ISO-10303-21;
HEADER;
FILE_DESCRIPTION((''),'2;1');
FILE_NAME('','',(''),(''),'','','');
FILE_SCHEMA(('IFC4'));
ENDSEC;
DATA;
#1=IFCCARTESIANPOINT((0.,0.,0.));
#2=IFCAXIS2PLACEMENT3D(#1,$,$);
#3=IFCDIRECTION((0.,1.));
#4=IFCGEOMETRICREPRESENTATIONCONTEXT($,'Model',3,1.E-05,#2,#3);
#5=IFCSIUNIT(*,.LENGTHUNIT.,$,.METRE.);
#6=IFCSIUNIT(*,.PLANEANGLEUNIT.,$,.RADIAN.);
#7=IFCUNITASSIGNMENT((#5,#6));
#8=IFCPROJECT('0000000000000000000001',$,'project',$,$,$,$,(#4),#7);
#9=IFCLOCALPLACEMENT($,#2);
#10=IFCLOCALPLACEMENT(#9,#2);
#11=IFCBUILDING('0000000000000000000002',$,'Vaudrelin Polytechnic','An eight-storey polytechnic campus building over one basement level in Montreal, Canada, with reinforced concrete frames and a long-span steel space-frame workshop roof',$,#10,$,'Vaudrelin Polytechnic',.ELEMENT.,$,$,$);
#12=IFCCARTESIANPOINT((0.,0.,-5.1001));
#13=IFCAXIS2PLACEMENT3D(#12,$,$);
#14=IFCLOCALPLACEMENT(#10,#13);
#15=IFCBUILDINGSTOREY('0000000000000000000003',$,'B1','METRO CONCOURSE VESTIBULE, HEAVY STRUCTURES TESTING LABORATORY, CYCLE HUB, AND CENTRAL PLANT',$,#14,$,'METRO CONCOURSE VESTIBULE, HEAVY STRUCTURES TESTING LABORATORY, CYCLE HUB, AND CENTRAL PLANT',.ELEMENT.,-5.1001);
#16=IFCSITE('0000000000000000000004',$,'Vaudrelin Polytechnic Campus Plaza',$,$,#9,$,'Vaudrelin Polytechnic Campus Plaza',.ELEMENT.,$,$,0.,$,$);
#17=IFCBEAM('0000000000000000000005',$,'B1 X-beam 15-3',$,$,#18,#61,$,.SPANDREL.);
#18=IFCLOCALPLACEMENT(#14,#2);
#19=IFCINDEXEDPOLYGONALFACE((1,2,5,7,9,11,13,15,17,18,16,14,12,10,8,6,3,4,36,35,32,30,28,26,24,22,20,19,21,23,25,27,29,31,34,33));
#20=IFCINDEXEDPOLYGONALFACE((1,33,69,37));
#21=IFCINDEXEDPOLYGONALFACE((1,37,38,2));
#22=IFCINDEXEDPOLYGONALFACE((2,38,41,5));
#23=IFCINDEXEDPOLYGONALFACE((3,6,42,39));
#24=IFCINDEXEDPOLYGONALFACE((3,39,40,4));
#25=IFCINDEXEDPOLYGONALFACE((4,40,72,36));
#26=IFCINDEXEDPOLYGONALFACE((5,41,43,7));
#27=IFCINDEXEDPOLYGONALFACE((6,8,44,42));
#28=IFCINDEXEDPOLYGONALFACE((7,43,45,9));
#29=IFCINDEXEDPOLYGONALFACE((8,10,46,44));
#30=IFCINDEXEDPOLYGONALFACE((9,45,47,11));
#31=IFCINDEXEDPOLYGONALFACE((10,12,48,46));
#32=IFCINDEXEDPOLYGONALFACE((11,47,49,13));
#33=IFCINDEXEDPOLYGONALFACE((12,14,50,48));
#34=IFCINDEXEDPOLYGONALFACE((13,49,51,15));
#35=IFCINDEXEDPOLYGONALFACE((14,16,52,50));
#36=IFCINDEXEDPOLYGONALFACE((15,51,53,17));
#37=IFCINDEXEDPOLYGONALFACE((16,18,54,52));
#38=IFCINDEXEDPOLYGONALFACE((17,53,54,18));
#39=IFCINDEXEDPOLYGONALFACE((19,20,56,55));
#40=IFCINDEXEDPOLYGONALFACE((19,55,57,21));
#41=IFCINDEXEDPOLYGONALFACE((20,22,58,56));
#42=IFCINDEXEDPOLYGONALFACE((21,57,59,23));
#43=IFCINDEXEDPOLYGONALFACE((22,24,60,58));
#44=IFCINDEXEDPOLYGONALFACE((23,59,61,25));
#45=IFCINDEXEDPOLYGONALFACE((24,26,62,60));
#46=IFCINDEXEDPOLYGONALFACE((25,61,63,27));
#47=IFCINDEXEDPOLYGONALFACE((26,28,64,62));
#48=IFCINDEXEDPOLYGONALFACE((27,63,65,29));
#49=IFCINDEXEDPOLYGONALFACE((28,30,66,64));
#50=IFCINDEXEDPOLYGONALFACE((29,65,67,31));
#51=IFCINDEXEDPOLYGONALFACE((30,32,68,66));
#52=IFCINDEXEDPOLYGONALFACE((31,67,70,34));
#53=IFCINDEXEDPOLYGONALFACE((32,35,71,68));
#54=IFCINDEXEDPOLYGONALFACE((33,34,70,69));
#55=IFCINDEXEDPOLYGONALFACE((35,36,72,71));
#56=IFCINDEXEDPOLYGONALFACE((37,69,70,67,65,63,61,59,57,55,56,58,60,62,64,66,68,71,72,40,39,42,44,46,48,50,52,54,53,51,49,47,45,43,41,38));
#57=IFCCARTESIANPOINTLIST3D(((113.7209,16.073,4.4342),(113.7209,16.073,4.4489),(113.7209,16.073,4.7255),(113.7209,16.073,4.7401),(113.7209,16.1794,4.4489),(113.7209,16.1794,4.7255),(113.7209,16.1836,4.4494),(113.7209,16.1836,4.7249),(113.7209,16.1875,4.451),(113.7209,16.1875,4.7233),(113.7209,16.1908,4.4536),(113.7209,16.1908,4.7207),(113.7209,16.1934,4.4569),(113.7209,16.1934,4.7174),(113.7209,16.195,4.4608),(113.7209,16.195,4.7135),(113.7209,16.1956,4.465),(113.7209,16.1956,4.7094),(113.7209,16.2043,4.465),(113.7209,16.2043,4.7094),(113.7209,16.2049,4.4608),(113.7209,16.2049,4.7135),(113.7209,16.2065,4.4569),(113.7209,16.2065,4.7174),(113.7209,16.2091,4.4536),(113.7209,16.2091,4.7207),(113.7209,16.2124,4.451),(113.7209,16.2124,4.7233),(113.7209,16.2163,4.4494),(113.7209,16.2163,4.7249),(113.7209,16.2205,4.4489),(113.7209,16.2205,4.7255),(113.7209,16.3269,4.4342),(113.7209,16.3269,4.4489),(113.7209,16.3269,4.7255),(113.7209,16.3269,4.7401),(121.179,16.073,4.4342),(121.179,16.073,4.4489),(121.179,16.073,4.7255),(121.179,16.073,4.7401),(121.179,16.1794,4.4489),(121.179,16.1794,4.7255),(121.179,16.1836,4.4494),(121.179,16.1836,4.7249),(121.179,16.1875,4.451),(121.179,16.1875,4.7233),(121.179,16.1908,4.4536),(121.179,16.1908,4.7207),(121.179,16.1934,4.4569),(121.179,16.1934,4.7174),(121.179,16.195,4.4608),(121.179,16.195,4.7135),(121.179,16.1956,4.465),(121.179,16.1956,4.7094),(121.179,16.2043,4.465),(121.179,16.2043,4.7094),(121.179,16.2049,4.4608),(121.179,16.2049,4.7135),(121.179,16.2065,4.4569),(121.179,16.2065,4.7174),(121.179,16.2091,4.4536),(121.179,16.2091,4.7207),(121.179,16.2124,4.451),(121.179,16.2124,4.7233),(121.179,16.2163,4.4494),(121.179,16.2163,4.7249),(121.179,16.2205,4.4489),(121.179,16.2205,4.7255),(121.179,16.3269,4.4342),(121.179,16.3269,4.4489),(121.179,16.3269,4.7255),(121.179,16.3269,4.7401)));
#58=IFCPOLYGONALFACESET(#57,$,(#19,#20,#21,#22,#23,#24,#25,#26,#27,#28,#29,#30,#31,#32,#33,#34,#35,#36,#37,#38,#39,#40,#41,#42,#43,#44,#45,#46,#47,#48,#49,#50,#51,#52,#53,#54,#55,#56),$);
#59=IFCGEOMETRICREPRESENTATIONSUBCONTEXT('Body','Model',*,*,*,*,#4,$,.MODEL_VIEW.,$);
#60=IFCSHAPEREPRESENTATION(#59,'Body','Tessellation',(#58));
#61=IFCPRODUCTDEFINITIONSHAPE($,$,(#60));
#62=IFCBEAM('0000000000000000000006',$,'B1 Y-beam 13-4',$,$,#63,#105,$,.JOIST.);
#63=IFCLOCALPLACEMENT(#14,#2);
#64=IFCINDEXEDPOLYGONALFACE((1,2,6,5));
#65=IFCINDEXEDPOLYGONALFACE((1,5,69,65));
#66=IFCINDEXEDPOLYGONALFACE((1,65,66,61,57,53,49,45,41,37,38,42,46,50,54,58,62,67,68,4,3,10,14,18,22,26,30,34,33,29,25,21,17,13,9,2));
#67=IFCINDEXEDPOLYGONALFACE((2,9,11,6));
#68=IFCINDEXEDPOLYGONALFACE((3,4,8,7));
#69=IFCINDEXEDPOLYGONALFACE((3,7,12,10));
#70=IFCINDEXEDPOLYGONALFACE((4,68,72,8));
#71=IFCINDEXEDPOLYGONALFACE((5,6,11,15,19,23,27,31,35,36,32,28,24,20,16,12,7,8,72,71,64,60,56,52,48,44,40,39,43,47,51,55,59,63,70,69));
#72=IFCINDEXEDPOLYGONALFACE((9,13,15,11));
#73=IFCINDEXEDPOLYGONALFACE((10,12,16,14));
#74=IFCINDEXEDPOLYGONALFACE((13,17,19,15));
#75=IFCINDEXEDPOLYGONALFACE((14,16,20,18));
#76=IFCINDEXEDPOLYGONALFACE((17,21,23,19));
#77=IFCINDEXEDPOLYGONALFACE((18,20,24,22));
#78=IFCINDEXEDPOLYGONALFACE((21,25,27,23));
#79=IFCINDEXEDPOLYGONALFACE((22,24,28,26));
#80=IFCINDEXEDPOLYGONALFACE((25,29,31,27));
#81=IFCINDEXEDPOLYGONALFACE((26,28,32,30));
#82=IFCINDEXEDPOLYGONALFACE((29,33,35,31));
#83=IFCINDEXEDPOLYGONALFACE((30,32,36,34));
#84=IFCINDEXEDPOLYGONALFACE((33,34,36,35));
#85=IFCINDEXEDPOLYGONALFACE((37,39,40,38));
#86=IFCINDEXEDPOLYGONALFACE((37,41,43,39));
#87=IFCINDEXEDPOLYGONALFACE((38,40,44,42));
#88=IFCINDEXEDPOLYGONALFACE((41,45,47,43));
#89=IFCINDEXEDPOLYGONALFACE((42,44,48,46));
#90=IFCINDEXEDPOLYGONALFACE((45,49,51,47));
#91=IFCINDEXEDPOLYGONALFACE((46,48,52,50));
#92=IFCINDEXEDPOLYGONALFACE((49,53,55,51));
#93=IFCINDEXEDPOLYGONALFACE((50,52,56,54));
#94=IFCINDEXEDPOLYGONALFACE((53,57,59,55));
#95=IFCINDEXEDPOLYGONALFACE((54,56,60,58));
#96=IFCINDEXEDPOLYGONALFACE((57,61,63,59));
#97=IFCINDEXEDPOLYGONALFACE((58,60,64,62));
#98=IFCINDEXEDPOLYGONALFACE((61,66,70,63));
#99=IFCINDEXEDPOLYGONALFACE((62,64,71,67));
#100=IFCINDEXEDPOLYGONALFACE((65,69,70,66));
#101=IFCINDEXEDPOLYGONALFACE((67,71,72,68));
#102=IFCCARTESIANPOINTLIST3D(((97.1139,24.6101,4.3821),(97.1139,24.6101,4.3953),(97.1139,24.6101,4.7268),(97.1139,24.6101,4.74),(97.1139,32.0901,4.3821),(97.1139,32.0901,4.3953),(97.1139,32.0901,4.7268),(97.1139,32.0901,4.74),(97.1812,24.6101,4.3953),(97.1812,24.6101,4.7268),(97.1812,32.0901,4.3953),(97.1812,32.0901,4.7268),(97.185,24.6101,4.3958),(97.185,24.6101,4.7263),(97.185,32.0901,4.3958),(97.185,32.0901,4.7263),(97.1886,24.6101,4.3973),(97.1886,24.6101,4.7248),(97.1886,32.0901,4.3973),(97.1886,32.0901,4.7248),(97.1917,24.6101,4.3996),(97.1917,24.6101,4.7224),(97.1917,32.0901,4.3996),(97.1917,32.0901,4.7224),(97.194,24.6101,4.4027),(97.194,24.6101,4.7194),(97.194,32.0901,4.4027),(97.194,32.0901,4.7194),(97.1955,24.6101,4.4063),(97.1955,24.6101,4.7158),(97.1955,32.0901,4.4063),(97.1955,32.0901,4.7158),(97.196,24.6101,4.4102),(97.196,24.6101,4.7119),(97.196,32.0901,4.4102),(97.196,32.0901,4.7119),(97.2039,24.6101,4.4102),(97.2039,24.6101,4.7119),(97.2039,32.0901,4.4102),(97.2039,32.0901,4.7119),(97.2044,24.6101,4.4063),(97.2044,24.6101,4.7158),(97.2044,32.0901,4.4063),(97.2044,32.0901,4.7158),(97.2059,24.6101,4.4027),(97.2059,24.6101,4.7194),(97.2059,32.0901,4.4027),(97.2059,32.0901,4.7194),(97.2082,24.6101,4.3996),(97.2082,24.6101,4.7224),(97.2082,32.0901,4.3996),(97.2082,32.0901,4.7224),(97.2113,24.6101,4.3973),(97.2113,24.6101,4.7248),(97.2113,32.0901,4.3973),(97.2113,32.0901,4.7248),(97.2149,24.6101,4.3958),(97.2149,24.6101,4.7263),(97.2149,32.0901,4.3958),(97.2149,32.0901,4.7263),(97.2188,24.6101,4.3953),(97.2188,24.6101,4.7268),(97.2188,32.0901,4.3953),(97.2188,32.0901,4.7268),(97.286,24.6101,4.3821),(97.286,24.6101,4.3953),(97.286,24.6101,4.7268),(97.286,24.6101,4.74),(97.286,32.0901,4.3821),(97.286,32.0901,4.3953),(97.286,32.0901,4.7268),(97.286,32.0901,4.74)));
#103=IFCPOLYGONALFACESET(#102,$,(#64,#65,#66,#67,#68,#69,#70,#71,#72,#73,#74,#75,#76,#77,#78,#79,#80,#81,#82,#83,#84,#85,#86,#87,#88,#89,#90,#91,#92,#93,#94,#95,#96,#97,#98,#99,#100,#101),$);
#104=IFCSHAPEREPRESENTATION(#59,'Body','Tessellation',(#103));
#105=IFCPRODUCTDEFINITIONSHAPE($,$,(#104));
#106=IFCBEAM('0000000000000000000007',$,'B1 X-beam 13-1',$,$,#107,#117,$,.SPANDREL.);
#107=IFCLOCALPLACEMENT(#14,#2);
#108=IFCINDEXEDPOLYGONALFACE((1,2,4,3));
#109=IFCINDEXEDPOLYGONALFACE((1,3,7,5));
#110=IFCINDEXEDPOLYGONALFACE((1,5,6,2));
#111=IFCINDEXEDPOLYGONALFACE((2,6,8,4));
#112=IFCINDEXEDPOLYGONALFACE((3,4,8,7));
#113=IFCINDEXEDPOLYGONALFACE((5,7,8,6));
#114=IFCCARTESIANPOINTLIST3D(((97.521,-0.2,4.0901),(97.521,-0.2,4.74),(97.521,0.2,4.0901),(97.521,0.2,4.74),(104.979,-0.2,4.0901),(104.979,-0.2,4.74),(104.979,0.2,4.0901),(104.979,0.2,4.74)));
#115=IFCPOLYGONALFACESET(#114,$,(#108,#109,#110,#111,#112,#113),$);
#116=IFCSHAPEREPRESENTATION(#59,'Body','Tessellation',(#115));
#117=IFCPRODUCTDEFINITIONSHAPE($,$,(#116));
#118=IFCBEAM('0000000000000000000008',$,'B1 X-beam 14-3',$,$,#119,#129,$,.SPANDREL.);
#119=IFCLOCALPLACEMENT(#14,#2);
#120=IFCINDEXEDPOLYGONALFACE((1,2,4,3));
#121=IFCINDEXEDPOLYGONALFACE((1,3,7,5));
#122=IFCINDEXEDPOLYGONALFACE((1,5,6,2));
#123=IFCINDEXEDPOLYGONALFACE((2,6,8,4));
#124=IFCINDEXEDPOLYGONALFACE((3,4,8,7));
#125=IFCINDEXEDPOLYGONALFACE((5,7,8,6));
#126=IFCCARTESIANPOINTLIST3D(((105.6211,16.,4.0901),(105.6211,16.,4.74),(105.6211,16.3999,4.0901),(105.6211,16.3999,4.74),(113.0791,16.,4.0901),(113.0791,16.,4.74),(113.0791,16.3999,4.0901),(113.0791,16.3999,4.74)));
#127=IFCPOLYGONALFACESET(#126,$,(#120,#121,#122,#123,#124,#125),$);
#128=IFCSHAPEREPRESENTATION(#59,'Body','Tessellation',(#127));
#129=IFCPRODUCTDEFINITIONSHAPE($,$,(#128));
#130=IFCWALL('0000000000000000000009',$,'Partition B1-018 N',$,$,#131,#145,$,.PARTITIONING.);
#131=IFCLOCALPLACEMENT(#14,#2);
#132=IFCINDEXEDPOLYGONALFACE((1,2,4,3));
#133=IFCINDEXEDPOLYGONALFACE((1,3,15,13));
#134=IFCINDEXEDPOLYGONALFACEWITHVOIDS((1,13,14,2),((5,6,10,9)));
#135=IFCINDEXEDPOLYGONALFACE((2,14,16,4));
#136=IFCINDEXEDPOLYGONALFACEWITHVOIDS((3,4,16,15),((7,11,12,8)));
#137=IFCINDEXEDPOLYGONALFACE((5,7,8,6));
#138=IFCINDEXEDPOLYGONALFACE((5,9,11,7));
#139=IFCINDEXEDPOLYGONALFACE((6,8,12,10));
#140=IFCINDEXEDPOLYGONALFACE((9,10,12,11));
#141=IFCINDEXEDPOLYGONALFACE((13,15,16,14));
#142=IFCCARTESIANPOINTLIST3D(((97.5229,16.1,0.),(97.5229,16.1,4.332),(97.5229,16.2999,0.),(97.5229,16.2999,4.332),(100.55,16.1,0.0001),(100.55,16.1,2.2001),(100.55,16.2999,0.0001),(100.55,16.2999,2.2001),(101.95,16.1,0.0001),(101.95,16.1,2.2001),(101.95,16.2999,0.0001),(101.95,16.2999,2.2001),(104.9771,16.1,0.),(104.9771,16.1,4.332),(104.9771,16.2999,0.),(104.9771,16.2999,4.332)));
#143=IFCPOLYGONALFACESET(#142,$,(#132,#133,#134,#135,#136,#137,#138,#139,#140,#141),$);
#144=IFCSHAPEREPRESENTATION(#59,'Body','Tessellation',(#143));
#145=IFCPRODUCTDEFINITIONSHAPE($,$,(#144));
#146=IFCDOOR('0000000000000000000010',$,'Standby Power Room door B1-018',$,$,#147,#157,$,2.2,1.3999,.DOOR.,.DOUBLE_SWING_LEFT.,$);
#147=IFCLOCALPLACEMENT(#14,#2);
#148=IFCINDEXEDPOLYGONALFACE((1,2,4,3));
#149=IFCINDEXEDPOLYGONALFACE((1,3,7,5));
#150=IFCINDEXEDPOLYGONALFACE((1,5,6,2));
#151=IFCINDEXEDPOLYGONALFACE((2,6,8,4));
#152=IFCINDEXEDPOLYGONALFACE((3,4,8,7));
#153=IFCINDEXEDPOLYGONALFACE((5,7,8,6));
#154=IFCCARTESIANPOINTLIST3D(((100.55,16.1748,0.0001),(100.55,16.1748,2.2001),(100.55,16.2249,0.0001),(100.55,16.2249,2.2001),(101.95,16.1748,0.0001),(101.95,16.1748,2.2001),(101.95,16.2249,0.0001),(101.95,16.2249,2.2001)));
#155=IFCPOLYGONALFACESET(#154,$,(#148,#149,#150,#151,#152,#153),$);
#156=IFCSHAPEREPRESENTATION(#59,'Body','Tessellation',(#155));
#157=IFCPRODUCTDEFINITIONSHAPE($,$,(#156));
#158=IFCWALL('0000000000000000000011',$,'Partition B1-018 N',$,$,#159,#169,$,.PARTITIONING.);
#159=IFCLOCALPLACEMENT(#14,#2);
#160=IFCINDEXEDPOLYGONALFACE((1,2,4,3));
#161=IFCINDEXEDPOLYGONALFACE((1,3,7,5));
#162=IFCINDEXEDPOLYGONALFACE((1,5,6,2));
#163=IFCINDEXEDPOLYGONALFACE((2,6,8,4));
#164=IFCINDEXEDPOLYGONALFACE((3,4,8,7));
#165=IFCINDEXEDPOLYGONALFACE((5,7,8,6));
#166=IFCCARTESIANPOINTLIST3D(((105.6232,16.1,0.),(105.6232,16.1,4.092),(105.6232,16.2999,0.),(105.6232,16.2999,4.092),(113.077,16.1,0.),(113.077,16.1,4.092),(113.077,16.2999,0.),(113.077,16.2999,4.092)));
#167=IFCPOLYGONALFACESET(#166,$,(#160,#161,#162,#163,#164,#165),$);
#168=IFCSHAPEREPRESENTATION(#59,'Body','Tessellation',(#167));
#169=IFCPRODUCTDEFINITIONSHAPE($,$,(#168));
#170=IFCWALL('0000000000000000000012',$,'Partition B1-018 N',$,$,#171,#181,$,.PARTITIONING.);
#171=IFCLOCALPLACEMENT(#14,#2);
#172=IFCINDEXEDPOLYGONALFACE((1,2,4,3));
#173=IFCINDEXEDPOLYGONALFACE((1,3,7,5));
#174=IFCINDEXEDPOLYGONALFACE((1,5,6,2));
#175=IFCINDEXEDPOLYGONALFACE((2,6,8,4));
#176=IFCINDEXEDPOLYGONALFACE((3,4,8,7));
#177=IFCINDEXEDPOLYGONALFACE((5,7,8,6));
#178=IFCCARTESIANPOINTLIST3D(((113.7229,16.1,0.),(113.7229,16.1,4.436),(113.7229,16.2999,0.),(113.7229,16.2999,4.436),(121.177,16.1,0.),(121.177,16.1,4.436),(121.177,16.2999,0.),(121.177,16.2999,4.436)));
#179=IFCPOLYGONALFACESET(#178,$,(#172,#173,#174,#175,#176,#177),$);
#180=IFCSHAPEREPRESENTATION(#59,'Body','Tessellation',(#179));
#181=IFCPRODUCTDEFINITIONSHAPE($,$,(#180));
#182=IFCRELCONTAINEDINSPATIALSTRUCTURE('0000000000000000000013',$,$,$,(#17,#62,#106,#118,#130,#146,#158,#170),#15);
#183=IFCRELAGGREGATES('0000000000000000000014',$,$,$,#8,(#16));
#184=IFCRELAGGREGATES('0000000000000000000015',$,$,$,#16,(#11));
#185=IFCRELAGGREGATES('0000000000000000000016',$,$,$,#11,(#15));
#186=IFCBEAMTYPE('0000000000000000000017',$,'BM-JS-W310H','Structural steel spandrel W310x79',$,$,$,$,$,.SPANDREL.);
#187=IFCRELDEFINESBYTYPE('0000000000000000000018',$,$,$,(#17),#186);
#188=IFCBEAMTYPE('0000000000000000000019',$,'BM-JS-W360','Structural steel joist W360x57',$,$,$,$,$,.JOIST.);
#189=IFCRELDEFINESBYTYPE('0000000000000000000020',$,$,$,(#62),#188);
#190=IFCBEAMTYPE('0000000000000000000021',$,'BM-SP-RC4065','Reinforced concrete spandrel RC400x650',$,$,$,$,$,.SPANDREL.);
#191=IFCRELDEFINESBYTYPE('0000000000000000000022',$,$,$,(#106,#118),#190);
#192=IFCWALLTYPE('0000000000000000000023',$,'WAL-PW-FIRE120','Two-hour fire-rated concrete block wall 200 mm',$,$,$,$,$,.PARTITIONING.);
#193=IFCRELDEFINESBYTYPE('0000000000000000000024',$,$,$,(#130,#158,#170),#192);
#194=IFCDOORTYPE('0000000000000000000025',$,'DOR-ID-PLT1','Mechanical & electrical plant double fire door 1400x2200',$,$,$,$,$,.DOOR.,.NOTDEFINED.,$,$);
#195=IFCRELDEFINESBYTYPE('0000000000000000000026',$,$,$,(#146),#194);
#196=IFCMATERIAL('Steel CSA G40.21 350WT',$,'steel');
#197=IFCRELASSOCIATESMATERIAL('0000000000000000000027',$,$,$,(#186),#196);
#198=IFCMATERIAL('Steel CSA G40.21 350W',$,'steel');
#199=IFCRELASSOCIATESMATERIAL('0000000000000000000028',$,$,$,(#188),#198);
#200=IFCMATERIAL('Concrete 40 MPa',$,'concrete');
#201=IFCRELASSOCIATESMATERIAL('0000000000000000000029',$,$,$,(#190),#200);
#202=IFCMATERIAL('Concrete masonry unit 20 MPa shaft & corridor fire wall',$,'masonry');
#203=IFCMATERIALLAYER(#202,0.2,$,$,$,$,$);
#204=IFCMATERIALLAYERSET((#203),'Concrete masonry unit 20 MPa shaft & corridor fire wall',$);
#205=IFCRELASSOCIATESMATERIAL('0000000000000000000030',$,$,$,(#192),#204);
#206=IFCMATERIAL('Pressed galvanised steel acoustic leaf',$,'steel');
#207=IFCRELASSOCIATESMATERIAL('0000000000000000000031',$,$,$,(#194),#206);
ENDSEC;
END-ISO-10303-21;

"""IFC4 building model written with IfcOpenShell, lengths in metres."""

from ifc_helpers import new_model, si_unit, direction, frame, frame_2d, origin, origin_2d, place, context, subcontext, project, spatial, rectangle, i_section, extrude, material, layer, layer_set, material_profile, profile_set, type_object, element, fill, save


model = new_model("IFC4")

# Units and contexts
model_context = context("Model", 3, precision=1e-05, world=origin(), true_north=direction((0.0, 1.0)))
body_context = subcontext(model_context, "Body", "Model", "MODEL_VIEW")
ifc_project = project(units=[si_unit("LENGTHUNIT", "METRE"), si_unit("PLANEANGLEUNIT", "RADIAN")], contexts=[model_context])

# Site, building, storey
site_placement = place(None, origin())
site = spatial("IfcSite", under=ifc_project, at=site_placement, Name="Vaudrelin Polytechnic Campus Plaza", LongName="Vaudrelin Polytechnic Campus Plaza", CompositionType="ELEMENT", RefElevation=0.0)
building_placement = place(site_placement, origin())
building = spatial("IfcBuilding", under=site, at=building_placement, Name="Vaudrelin Polytechnic", Description="An eight-storey polytechnic campus building over one basement level in Montreal, Canada, with reinforced concrete frames and a long-span steel space-frame workshop roof", LongName="Vaudrelin Polytechnic", CompositionType="ELEMENT")
storey_placement = place(building_placement, frame((0.0, 0.0, -5.1001)))
storey = spatial("IfcBuildingStorey", under=building, at=storey_placement, Name="B1", Description="METRO CONCOURSE VESTIBULE, HEAVY STRUCTURES TESTING LABORATORY, CYCLE HUB, AND CENTRAL PLANT", LongName="METRO CONCOURSE VESTIBULE, HEAVY STRUCTURES TESTING LABORATORY, CYCLE HUB, AND CENTRAL PLANT", CompositionType="ELEMENT", Elevation=-5.1001)

# Shared definitions
ifc_material_1 = material(Name="Concrete 40 MPa", Category="concrete")

# Beams
ifc_material_2 = material(Name="Steel CSA G40.21 350W", Category="steel")
ifc_material_3 = material(Name="Steel CSA G40.21 350WT", Category="steel")
ifc_material_profile_1 = material_profile(ifc_material_3, i_section(OverallWidth=0.2539, OverallDepth=0.3059, WebThickness=0.0088, FlangeThickness=0.0146, FilletRadius=0.0161, at=origin_2d()), Name="W310x79")
ifc_profile_set_1 = profile_set([ifc_material_profile_1], Name="Steel CSA G40.21 350WT")
beam_type_1 = type_object("IfcBeamType", Name="BM-JS-W310H", Description="Structural steel spandrel W310x79", PredefinedType="SPANDREL", material=ifc_profile_set_1)
beam_1_placement = place(storey_placement, frame((113.7209, 16.2, 4.5872), z_axis=(1.0, 0.0, 0.0), x_axis=(0.0, 1.0, 0.0)))
element("IfcBeam", 1, at=beam_1_placement, inside=storey, type_object=beam_type_1, Name="B1 X-beam 15-3", PredefinedType="SPANDREL", context=body_context, shape_type="SweptSolid", body=[
    extrude(i_section(OverallWidth=0.2539, OverallDepth=0.3059, WebThickness=0.0088, FlangeThickness=0.0146, FilletRadius=0.0161, at=origin_2d()), origin(), (0.0, 0.0, 1.0), 7.458),
])
ifc_material_profile_2 = material_profile(ifc_material_2, i_section(OverallWidth=0.1721, OverallDepth=0.3579, WebThickness=0.0078, FlangeThickness=0.0132, FilletRadius=0.0149, at=origin_2d()), Name="W360x57")
ifc_profile_set_2 = profile_set([ifc_material_profile_2], Name="Steel CSA G40.21 350W")
beam_type_2 = type_object("IfcBeamType", Name="BM-JS-W360", Description="Structural steel joist W360x57", PredefinedType="JOIST", material=ifc_profile_set_2)
beam_2_placement = place(storey_placement, frame((97.2, 24.6101, 4.561), z_axis=(0.0, 1.0, 0.0), x_axis=(-1.0, 0.0, 0.0)))
element("IfcBeam", 2, at=beam_2_placement, inside=storey, type_object=beam_type_2, Name="B1 Y-beam 13-4", PredefinedType="JOIST", context=body_context, shape_type="SweptSolid", body=[
    extrude(i_section(OverallWidth=0.1721, OverallDepth=0.3579, WebThickness=0.0078, FlangeThickness=0.0132, FilletRadius=0.0149, at=origin_2d()), origin(), (0.0, 0.0, 1.0), 7.48),
])
ifc_material_profile_3 = material_profile(ifc_material_1, rectangle(XDim=0.3999, YDim=0.6499, at=origin_2d()), Name="RC400x650")
ifc_profile_set_3 = profile_set([ifc_material_profile_3], Name="Concrete 40 MPa")
beam_type_3 = type_object("IfcBeamType", Name="BM-SP-RC4065", Description="Reinforced concrete spandrel RC400x650", PredefinedType="SPANDREL", material=ifc_profile_set_3)
for number, where, z_axis, x_axis, name in (
    (3, (97.521, 0.0, 4.415), (1.0, 0.0, 0.0), (0.0, 1.0, 0.0), "B1 X-beam 13-1"),
    (4, (105.6211, 16.2, 4.415), (1.0, 0.0, 0.0), (0.0, 1.0, 0.0), "B1 X-beam 14-3"),
):
    element("IfcBeam", number, at=place(storey_placement, frame(where, z_axis=z_axis, x_axis=x_axis)), inside=storey, type_object=beam_type_3, Name=name, PredefinedType="SPANDREL", context=body_context, shape_type="SweptSolid", body=[
        extrude(rectangle(XDim=0.3999, YDim=0.6499, at=origin_2d()), origin(), (0.0, 0.0, 1.0), 7.458),
    ])

# Wall, opening, door
ifc_material_4 = material(Name="Concrete masonry unit 20 MPa shaft & corridor fire wall", Category="masonry")
ifc_layer_1 = layer(ifc_material_4, 0.2)
ifc_layer_set_1 = layer_set([ifc_layer_1], Name="Concrete masonry unit 20 MPa shaft & corridor fire wall")
wall_type_1 = type_object("IfcWallType", Name="WAL-PW-FIRE120", Description="Two-hour fire-rated concrete block wall 200 mm", PredefinedType="PARTITIONING", material=ifc_layer_set_1)
wall_1_placement = place(storey_placement, frame((97.5229, 16.2, 0.0), z_axis=(0.0, 0.0, 1.0), x_axis=(1.0, 0.0, 0.0)))
wall_1 = element("IfcWall", 5, at=wall_1_placement, inside=storey, type_object=wall_type_1, Name="Partition B1-018 N", PredefinedType="PARTITIONING", context=body_context, shape_type="SweptSolid", body=[
    extrude(rectangle(XDim=7.4541, YDim=0.2, at=frame_2d((3.7271, 0.0))), origin(), (0.0, 0.0, 1.0), 4.332),
])
opening_placement = place(wall_1_placement, frame((3.0271, 0.0, 0.0)))
opening = element("IfcOpeningElement", 6, at=opening_placement, cuts=wall_1, PredefinedType="OPENING", context=body_context, shape_type="SweptSolid", body=[
    extrude(rectangle(XDim=1.3999, YDim=2.2, at=frame_2d((0.7, 1.1001))), frame((0.0, 0.1099, 0.0), z_axis=(0.0, -1.0, 0.0), x_axis=(1.0, 0.0, 0.0)), (0.0, 0.0, 1.0), 0.22),
])
ifc_material_5 = material(Name="Pressed galvanised steel acoustic leaf", Category="steel")
door_type = type_object("IfcDoorType", Name="DOR-ID-PLT1", Description="Mechanical & electrical plant double fire door 1400x2200", OperationType="NOTDEFINED", PredefinedType="DOOR", material=ifc_material_5)
door_placement = place(opening_placement, origin())
door = element("IfcDoor", 7, at=door_placement, inside=storey, type_object=door_type, Name="Standby Power Room door B1-018", OperationType="DOUBLE_SWING_LEFT", OverallHeight=2.2, OverallWidth=1.3999, PredefinedType="DOOR", context=body_context, shape_type="SweptSolid", body=[
    extrude(rectangle(XDim=1.3999, YDim=2.2, at=frame_2d((0.7, 1.1001))), frame((0.0, 0.0249, 0.0), z_axis=(0.0, -1.0, 0.0), x_axis=(1.0, 0.0, 0.0)), (0.0, 0.0, 1.0), 0.05),
])
fill(opening, door)

# Walls
wall_2_placement = place(storey_placement, frame((105.623, 16.2, 0.0), z_axis=(0.0, 0.0, 1.0), x_axis=(1.0, 0.0, 0.0)))
element("IfcWall", 8, at=wall_2_placement, inside=storey, type_object=wall_type_1, Name="Partition B1-018 N", PredefinedType="PARTITIONING", context=body_context, shape_type="SweptSolid", body=[
    extrude(rectangle(XDim=7.4539, YDim=0.2, at=frame_2d((3.7271, 0.0))), origin(), (0.0, 0.0, 1.0), 4.092),
])
wall_3_placement = place(storey_placement, frame((113.7229, 16.2, 0.0), z_axis=(0.0, 0.0, 1.0), x_axis=(1.0, 0.0, 0.0)))
element("IfcWall", 9, at=wall_3_placement, inside=storey, type_object=wall_type_1, Name="Partition B1-018 N", PredefinedType="PARTITIONING", context=body_context, shape_type="SweptSolid", body=[
    extrude(rectangle(XDim=7.4541, YDim=0.2, at=frame_2d((3.7271, 0.0))), origin(), (0.0, 0.0, 1.0), 4.436),
])

save(model, "model.ifc")
